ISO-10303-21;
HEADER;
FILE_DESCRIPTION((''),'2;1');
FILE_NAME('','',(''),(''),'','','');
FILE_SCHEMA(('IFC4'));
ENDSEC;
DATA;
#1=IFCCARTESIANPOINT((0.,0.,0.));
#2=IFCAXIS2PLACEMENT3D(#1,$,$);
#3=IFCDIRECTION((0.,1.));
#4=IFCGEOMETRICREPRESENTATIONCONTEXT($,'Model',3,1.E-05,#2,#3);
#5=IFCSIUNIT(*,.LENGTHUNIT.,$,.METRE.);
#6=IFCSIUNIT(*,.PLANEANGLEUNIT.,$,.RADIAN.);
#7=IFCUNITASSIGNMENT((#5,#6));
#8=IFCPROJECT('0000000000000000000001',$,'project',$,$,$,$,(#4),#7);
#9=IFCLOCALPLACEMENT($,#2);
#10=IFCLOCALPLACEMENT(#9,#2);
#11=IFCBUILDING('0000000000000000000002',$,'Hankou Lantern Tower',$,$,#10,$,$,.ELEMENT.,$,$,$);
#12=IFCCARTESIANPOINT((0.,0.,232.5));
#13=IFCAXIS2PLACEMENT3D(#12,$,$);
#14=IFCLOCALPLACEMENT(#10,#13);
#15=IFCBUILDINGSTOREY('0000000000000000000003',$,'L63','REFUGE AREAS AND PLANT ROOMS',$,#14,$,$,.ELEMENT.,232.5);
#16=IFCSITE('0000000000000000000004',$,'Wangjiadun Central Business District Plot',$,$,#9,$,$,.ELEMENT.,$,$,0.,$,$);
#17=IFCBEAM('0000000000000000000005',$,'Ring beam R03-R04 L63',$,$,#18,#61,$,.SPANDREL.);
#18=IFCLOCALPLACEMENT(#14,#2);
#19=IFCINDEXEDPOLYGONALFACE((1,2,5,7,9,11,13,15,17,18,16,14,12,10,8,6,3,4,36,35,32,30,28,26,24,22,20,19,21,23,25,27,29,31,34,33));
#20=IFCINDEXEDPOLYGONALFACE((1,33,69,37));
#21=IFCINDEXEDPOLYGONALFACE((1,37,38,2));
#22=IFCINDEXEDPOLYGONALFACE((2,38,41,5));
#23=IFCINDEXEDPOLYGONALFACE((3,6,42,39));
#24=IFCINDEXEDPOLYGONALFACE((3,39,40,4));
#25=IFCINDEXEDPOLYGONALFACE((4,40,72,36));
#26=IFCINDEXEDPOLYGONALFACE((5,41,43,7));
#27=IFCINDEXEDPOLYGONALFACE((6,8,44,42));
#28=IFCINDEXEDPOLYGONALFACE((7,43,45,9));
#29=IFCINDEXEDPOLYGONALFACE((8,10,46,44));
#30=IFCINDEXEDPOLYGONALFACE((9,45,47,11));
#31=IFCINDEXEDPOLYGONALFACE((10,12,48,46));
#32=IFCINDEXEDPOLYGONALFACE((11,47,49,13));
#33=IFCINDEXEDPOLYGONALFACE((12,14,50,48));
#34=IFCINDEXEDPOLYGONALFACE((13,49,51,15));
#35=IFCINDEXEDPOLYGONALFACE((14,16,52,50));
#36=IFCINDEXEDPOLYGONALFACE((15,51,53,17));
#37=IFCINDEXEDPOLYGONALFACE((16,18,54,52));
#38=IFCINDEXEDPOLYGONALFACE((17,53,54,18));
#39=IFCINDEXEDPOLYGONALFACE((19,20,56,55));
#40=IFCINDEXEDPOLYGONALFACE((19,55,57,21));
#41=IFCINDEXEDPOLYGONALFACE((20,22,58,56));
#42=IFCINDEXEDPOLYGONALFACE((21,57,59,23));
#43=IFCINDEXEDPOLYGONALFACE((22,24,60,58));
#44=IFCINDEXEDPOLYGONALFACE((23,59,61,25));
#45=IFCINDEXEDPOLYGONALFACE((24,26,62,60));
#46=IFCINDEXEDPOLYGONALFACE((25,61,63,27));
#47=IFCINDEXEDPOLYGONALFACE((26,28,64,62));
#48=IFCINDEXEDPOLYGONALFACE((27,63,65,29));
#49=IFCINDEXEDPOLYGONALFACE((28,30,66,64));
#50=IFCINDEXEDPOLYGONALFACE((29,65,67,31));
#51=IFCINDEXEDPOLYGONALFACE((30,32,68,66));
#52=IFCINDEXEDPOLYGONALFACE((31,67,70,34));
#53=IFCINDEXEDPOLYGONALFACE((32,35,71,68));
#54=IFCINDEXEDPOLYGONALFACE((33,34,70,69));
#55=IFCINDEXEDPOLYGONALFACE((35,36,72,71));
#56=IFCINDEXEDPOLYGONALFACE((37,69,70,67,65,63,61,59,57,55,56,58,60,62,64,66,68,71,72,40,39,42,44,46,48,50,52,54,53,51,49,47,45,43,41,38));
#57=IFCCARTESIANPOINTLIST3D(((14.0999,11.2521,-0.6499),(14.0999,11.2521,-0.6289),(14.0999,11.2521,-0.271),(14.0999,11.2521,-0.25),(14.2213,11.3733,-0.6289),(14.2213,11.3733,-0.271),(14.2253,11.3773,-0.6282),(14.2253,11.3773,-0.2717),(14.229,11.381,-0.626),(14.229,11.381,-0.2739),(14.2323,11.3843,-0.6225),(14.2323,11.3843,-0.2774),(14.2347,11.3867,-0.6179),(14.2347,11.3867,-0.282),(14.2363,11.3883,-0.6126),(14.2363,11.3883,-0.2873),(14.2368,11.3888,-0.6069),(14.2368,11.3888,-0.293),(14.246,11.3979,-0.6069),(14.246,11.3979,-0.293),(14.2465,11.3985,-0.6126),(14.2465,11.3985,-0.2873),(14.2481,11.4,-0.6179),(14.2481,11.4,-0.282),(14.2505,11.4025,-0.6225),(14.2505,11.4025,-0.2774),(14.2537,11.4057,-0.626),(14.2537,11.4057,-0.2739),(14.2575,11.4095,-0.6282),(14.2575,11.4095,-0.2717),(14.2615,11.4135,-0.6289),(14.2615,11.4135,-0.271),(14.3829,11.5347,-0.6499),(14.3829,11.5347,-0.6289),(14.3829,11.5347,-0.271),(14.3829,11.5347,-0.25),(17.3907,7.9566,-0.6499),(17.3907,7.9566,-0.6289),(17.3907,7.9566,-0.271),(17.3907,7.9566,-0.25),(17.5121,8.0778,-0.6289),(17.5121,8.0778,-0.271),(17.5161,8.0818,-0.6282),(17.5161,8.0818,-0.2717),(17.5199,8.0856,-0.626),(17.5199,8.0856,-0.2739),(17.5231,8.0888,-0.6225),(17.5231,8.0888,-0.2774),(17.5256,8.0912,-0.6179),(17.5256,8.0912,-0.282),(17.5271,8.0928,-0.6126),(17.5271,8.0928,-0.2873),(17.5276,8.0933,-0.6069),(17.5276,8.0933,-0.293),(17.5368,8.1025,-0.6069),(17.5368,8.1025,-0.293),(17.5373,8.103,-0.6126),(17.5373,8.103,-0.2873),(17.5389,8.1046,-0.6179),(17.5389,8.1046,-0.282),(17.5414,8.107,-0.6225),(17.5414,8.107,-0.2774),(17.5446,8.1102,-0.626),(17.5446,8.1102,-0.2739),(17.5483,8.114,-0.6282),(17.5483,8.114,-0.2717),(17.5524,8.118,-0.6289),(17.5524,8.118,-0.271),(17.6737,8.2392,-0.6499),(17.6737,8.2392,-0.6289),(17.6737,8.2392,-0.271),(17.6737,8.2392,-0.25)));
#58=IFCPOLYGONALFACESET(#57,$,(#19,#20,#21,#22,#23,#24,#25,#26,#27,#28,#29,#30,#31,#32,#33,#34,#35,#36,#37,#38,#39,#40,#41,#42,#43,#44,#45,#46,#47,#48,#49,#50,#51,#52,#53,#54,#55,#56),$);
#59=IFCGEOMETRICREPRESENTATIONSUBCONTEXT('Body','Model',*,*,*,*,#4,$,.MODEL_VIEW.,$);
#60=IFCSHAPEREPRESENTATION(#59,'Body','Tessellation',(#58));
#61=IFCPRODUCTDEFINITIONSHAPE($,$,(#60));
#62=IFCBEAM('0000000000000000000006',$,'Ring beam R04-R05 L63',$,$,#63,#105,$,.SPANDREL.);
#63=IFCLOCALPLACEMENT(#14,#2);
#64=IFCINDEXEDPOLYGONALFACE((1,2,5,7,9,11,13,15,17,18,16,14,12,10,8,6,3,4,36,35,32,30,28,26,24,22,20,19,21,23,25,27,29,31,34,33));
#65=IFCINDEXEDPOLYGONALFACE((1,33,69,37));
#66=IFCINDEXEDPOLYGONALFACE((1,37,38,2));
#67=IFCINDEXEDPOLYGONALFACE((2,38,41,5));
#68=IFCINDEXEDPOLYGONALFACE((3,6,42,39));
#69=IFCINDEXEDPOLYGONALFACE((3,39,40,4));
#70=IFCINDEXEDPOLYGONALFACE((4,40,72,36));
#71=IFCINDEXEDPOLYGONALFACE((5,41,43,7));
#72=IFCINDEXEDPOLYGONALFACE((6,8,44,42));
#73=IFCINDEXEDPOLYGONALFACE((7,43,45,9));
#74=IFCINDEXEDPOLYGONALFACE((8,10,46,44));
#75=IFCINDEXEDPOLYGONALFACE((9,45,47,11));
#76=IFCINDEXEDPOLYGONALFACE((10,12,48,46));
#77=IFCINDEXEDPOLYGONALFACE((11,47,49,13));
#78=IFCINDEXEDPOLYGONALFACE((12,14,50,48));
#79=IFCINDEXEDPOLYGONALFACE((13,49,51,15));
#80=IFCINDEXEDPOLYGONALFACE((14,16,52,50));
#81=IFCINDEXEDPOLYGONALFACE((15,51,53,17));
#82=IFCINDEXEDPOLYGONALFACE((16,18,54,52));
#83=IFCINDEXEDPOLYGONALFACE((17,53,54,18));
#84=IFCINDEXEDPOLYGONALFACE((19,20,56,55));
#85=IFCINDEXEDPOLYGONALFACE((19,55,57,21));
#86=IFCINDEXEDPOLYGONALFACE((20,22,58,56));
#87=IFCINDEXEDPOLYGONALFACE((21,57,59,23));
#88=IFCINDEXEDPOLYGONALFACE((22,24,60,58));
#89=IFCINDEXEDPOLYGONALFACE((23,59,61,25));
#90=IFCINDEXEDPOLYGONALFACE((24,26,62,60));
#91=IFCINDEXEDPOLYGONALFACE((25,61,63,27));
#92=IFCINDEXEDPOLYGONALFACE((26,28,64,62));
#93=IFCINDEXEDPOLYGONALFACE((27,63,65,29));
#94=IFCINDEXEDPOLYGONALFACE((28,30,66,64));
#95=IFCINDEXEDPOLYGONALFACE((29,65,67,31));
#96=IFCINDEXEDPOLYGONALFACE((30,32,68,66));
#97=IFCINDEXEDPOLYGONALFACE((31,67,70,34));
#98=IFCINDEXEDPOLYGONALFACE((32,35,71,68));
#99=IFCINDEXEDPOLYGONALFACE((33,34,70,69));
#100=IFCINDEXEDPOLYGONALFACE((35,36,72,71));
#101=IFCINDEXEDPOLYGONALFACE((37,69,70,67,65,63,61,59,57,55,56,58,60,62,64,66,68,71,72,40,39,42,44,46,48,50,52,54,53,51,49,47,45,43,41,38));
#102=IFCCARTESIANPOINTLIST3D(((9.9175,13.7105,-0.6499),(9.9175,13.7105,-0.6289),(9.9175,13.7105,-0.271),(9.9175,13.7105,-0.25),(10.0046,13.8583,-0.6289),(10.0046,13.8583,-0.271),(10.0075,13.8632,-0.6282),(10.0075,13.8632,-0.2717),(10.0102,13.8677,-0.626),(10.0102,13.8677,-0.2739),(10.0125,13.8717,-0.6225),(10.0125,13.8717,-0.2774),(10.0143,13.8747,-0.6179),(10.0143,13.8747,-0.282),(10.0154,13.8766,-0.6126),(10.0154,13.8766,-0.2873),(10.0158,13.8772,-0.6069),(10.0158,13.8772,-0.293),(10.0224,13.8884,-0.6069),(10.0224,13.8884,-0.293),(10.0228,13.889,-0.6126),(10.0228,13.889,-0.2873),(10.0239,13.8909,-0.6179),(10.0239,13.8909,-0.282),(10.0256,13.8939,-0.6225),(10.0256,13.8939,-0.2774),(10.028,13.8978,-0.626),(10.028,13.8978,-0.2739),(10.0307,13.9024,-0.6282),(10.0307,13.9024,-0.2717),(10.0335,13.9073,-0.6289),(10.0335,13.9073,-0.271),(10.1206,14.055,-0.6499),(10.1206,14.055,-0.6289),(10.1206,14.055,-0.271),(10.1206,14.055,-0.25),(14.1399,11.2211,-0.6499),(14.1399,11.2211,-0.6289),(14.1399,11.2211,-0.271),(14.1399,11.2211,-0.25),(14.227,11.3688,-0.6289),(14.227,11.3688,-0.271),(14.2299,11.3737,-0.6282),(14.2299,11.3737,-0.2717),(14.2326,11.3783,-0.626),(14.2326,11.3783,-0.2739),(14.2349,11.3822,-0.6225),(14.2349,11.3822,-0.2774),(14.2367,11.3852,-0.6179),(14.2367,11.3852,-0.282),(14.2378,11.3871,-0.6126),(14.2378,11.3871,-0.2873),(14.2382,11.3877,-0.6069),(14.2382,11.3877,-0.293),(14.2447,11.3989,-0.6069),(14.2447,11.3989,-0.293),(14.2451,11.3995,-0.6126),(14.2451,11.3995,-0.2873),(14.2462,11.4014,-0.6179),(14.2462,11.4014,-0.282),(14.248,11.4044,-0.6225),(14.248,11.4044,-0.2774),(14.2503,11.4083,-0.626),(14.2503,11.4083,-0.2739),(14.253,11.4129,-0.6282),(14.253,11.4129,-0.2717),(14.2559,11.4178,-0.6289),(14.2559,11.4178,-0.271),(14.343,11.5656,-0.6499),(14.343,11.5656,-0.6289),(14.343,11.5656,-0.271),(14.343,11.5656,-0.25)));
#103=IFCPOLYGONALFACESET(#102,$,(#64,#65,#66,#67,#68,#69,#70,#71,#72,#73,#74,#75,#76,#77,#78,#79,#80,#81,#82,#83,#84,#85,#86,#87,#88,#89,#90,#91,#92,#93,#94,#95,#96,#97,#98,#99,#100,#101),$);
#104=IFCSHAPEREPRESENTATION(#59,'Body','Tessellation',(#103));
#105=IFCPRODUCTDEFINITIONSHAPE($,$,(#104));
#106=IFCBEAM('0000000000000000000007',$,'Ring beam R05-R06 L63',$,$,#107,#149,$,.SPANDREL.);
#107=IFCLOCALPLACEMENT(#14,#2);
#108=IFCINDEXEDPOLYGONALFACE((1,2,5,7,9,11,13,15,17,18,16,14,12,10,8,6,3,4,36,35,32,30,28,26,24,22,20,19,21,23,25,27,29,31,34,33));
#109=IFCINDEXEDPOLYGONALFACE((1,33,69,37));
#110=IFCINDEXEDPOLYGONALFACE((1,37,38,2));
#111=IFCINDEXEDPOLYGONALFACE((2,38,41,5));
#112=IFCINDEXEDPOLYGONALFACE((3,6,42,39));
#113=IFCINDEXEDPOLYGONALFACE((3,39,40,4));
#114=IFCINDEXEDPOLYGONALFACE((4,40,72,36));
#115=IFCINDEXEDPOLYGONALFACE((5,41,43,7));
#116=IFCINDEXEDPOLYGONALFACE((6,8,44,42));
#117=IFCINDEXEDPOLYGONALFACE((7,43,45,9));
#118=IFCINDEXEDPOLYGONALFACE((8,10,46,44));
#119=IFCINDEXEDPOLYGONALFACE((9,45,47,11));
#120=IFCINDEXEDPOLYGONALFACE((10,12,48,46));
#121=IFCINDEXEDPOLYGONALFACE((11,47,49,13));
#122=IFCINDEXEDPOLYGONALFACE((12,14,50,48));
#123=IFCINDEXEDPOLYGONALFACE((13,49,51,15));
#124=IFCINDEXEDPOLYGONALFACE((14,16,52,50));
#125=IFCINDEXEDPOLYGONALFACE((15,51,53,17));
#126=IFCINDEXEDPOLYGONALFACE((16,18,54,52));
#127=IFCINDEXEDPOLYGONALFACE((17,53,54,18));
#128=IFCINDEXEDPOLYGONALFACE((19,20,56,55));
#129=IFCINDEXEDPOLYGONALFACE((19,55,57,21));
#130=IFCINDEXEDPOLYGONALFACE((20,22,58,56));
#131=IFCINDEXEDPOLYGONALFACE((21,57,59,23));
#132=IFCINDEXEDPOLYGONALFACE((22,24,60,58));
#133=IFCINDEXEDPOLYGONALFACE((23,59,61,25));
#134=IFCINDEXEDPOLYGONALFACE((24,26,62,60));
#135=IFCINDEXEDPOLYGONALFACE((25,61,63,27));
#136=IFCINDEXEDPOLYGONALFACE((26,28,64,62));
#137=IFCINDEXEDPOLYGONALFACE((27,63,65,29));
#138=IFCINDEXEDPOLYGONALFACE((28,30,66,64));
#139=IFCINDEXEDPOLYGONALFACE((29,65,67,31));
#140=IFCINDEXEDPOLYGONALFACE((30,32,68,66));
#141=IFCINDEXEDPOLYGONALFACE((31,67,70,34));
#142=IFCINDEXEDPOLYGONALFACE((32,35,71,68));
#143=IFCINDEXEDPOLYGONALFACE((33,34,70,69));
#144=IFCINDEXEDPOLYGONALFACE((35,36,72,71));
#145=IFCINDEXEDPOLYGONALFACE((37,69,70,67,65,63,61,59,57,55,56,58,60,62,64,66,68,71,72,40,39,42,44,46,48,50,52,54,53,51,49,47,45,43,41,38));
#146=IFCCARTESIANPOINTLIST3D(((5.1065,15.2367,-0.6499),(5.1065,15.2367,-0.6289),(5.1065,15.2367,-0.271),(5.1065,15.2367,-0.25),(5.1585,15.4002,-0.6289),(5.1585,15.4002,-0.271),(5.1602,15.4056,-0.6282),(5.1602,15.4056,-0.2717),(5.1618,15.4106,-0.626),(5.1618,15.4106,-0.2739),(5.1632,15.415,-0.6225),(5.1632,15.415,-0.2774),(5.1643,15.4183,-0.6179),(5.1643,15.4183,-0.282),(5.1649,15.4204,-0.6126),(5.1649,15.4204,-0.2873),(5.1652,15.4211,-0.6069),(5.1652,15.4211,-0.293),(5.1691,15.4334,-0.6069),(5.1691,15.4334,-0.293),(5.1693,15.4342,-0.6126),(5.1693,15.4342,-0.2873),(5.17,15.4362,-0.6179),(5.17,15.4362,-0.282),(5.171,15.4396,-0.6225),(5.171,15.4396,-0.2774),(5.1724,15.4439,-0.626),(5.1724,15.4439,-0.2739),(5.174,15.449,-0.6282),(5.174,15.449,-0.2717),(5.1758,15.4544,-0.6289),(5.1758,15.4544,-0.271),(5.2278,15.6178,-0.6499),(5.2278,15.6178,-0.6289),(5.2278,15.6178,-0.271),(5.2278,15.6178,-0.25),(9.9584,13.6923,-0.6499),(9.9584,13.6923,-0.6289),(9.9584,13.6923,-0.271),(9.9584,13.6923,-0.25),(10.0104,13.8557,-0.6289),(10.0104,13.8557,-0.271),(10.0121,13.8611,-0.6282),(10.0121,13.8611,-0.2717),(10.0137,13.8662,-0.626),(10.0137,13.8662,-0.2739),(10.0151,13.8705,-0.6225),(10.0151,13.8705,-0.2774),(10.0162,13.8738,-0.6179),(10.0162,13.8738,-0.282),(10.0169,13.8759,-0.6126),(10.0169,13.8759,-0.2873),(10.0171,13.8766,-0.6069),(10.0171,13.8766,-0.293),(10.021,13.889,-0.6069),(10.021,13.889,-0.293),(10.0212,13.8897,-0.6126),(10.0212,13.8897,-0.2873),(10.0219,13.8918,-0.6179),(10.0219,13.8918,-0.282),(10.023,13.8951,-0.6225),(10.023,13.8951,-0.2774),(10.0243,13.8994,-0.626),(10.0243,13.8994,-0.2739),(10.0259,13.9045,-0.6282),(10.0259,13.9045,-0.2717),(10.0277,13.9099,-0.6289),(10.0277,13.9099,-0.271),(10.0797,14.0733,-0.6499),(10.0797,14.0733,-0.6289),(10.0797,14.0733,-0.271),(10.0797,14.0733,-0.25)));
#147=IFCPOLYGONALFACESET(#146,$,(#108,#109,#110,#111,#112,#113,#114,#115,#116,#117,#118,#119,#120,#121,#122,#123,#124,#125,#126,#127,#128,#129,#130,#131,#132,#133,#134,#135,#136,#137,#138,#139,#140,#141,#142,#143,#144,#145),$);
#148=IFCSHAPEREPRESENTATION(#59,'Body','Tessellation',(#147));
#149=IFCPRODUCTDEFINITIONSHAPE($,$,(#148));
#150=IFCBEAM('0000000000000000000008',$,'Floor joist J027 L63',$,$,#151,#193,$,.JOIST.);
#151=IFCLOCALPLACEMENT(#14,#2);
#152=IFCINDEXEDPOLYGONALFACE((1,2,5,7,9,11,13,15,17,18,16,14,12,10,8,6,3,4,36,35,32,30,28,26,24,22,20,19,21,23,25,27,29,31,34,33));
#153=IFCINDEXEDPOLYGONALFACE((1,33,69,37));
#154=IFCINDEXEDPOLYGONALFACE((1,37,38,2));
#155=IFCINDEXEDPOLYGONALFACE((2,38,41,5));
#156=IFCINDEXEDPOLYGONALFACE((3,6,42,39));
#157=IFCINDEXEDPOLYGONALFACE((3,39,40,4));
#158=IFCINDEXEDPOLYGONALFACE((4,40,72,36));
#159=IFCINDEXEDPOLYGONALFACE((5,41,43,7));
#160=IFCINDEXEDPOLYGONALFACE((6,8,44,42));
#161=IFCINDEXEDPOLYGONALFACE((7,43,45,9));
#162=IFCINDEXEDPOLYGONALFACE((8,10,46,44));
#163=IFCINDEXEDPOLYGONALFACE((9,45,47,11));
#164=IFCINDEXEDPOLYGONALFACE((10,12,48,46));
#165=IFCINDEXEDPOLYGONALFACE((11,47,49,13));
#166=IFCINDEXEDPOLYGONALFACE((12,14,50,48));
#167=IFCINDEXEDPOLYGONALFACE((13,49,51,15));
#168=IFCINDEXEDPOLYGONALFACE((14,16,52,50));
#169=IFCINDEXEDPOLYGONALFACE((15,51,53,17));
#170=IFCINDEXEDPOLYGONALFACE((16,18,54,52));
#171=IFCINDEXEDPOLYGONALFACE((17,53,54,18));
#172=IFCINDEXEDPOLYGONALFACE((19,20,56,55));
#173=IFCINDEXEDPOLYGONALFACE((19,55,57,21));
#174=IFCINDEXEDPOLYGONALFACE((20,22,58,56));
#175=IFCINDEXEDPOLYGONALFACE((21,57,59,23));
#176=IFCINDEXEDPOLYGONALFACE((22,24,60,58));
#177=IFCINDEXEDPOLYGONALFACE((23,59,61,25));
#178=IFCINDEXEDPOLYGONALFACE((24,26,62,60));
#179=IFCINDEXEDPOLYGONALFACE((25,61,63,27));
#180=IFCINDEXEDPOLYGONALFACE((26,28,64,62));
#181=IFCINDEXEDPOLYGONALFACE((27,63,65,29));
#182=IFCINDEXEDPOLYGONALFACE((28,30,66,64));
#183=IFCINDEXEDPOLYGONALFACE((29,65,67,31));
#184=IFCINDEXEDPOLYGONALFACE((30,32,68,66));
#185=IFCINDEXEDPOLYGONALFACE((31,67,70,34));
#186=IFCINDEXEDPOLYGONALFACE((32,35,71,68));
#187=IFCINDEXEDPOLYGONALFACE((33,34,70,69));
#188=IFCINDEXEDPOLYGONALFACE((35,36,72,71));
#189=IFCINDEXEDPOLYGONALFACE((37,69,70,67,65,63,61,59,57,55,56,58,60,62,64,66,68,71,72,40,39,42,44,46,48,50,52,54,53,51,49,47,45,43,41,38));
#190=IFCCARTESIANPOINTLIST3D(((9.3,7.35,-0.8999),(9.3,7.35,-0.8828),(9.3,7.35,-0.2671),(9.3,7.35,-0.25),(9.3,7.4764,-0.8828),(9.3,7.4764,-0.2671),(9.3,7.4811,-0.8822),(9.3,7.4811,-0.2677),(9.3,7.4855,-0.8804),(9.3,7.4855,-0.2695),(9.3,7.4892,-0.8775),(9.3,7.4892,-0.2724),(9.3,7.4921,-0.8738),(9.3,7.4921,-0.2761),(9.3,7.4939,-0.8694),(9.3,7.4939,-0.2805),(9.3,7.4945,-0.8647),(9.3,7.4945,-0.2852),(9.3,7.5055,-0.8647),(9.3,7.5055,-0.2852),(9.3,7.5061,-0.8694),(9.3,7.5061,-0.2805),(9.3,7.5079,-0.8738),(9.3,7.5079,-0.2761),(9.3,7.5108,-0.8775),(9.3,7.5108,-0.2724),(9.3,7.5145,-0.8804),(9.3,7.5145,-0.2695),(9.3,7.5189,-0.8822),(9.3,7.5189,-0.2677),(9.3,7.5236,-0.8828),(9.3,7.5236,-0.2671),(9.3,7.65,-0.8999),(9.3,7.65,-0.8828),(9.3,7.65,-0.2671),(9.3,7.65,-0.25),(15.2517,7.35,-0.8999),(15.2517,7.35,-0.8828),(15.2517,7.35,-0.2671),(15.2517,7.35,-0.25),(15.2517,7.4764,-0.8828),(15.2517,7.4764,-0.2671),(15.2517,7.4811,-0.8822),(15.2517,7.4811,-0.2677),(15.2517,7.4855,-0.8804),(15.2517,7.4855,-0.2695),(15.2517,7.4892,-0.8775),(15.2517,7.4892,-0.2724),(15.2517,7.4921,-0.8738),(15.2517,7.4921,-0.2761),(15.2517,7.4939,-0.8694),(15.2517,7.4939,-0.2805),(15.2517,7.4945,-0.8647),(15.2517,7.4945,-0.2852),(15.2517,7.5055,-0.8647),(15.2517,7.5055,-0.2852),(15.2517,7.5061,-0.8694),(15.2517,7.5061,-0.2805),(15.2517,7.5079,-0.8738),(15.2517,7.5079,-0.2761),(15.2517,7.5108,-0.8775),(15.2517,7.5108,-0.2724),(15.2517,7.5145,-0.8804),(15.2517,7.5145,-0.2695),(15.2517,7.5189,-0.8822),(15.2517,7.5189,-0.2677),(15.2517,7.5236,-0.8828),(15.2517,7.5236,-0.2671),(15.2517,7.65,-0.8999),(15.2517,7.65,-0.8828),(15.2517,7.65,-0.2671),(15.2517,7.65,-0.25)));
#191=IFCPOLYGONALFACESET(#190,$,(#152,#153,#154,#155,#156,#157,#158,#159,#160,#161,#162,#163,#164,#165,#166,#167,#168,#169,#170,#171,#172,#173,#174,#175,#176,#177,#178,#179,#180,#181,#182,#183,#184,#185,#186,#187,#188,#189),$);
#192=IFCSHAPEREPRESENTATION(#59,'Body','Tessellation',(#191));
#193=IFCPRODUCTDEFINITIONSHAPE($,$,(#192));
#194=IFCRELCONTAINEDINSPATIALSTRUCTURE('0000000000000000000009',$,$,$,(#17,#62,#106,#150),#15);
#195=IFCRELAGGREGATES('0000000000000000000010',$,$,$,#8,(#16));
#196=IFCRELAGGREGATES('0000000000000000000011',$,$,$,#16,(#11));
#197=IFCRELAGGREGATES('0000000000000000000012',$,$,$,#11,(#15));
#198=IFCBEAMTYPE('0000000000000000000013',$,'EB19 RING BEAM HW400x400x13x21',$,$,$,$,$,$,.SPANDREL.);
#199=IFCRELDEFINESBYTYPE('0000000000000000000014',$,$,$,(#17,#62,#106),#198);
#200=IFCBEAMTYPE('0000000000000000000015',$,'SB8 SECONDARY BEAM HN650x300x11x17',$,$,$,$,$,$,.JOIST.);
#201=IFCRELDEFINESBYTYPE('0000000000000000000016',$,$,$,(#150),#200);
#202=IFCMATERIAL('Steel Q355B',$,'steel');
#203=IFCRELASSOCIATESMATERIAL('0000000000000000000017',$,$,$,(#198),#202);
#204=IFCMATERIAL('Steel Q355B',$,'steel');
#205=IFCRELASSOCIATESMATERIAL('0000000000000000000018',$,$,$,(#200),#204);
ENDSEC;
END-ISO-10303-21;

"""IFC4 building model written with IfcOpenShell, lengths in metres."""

from ifc_helpers import new_model, si_unit, direction, frame, origin, origin_2d, place, context, subcontext, project, spatial, i_section, extrude, material, material_profile, profile_set, type_object, element, save


model = new_model("IFC4")

# Units and contexts
model_context = context("Model", 3, precision=1e-05, world=origin(), true_north=direction((0.0, 1.0)))
body_context = subcontext(model_context, "Body", "Model", "MODEL_VIEW")
ifc_project = project(units=[si_unit("LENGTHUNIT", "METRE"), si_unit("PLANEANGLEUNIT", "RADIAN")], contexts=[model_context])

# Site, building, storey
site_placement = place(None, origin())
site = spatial("IfcSite", under=ifc_project, at=site_placement, Name="Wangjiadun Central Business District Plot", CompositionType="ELEMENT", RefElevation=0.0)
building_placement = place(site_placement, origin())
building = spatial("IfcBuilding", under=site, at=building_placement, Name="Hankou Lantern Tower", CompositionType="ELEMENT")
storey_placement = place(building_placement, frame((0.0, 0.0, 232.5)))
storey = spatial("IfcBuildingStorey", under=building, at=storey_placement, Name="L63", Description="REFUGE AREAS AND PLANT ROOMS", CompositionType="ELEMENT", Elevation=232.5)

# Beams
ifc_material_1 = material(Name="Steel Q355B", Category="steel")
ifc_material_profile_1 = material_profile(ifc_material_1, i_section(OverallWidth=0.3999, OverallDepth=0.3999, WebThickness=0.0129, FlangeThickness=0.021, FilletRadius=0.022, at=origin_2d()), Name="HW400x400x13x21")
ifc_profile_set_1 = profile_set([ifc_material_profile_1], Name="Steel Q355B")
beam_type_1 = type_object("IfcBeamType", Name="EB19 RING BEAM HW400x400x13x21", PredefinedType="SPANDREL", material=ifc_profile_set_1)
beam_1_placement = place(storey_placement, frame((17.5322, 8.0979, -0.45), z_axis=(-0.706609, 0.707605, 0.0), x_axis=(-0.707605, -0.706609, 0.0)))
element("IfcBeam", 1, at=beam_1_placement, inside=storey, type_object=beam_type_1, Name="Ring beam R03-R04 L63", PredefinedType="SPANDREL", context=body_context, shape_type="SweptSolid", body=[
    extrude(i_section(OverallWidth=0.3999, OverallDepth=0.3999, WebThickness=0.0129, FlangeThickness=0.021, FilletRadius=0.022, at=origin_2d()), origin(), (0.0, 0.0, 1.0), 4.6572),
])
beam_2_placement = place(storey_placement, frame((14.2415, 11.3933, -0.45), z_axis=(-0.861423, 0.507888, 0.0), x_axis=(-0.507888, -0.861423, 0.0)))
element("IfcBeam", 2, at=beam_2_placement, inside=storey, type_object=beam_type_1, Name="Ring beam R04-R05 L63", PredefinedType="SPANDREL", context=body_context, shape_type="SweptSolid", body=[
    extrude(i_section(OverallWidth=0.3999, OverallDepth=0.3999, WebThickness=0.0129, FlangeThickness=0.021, FilletRadius=0.022, at=origin_2d()), origin(), (0.0, 0.0, 1.0), 4.9016),
])
beam_3_placement = place(storey_placement, frame((10.019, 13.8828, -0.45), z_axis=(-0.952887, 0.303324, 0.0), x_axis=(-0.303324, -0.952887, 0.0)))
element("IfcBeam", 3, at=beam_3_placement, inside=storey, type_object=beam_type_1, Name="Ring beam R05-R06 L63", PredefinedType="SPANDREL", context=body_context, shape_type="SweptSolid", body=[
    extrude(i_section(OverallWidth=0.3999, OverallDepth=0.3999, WebThickness=0.0129, FlangeThickness=0.021, FilletRadius=0.022, at=origin_2d()), origin(), (0.0, 0.0, 1.0), 5.0918),
])
ifc_material_2 = material(Name="Steel Q355B", Category="steel")
ifc_material_profile_2 = material_profile(ifc_material_2, i_section(OverallWidth=0.3, OverallDepth=0.6499, WebThickness=0.011, FlangeThickness=0.0171, FilletRadius=0.0181, at=origin_2d()), Name="HN650x300x11x17")
ifc_profile_set_2 = profile_set([ifc_material_profile_2], Name="Steel Q355B")
beam_type_2 = type_object("IfcBeamType", Name="SB8 SECONDARY BEAM HN650x300x11x17", PredefinedType="JOIST", material=ifc_profile_set_2)
beam_4_placement = place(storey_placement, frame((9.3, 7.5, -0.575), z_axis=(1.0, 0.0, 0.0), x_axis=(0.0, 1.0, 0.0)))
element("IfcBeam", 4, at=beam_4_placement, inside=storey, type_object=beam_type_2, Name="Floor joist J027 L63", PredefinedType="JOIST", context=body_context, shape_type="SweptSolid", body=[
    extrude(i_section(OverallWidth=0.3, OverallDepth=0.6499, WebThickness=0.011, FlangeThickness=0.0171, FilletRadius=0.0181, at=origin_2d()), origin(), (0.0, 0.0, 1.0), 5.9517),
])

save(model, "model.ifc")
